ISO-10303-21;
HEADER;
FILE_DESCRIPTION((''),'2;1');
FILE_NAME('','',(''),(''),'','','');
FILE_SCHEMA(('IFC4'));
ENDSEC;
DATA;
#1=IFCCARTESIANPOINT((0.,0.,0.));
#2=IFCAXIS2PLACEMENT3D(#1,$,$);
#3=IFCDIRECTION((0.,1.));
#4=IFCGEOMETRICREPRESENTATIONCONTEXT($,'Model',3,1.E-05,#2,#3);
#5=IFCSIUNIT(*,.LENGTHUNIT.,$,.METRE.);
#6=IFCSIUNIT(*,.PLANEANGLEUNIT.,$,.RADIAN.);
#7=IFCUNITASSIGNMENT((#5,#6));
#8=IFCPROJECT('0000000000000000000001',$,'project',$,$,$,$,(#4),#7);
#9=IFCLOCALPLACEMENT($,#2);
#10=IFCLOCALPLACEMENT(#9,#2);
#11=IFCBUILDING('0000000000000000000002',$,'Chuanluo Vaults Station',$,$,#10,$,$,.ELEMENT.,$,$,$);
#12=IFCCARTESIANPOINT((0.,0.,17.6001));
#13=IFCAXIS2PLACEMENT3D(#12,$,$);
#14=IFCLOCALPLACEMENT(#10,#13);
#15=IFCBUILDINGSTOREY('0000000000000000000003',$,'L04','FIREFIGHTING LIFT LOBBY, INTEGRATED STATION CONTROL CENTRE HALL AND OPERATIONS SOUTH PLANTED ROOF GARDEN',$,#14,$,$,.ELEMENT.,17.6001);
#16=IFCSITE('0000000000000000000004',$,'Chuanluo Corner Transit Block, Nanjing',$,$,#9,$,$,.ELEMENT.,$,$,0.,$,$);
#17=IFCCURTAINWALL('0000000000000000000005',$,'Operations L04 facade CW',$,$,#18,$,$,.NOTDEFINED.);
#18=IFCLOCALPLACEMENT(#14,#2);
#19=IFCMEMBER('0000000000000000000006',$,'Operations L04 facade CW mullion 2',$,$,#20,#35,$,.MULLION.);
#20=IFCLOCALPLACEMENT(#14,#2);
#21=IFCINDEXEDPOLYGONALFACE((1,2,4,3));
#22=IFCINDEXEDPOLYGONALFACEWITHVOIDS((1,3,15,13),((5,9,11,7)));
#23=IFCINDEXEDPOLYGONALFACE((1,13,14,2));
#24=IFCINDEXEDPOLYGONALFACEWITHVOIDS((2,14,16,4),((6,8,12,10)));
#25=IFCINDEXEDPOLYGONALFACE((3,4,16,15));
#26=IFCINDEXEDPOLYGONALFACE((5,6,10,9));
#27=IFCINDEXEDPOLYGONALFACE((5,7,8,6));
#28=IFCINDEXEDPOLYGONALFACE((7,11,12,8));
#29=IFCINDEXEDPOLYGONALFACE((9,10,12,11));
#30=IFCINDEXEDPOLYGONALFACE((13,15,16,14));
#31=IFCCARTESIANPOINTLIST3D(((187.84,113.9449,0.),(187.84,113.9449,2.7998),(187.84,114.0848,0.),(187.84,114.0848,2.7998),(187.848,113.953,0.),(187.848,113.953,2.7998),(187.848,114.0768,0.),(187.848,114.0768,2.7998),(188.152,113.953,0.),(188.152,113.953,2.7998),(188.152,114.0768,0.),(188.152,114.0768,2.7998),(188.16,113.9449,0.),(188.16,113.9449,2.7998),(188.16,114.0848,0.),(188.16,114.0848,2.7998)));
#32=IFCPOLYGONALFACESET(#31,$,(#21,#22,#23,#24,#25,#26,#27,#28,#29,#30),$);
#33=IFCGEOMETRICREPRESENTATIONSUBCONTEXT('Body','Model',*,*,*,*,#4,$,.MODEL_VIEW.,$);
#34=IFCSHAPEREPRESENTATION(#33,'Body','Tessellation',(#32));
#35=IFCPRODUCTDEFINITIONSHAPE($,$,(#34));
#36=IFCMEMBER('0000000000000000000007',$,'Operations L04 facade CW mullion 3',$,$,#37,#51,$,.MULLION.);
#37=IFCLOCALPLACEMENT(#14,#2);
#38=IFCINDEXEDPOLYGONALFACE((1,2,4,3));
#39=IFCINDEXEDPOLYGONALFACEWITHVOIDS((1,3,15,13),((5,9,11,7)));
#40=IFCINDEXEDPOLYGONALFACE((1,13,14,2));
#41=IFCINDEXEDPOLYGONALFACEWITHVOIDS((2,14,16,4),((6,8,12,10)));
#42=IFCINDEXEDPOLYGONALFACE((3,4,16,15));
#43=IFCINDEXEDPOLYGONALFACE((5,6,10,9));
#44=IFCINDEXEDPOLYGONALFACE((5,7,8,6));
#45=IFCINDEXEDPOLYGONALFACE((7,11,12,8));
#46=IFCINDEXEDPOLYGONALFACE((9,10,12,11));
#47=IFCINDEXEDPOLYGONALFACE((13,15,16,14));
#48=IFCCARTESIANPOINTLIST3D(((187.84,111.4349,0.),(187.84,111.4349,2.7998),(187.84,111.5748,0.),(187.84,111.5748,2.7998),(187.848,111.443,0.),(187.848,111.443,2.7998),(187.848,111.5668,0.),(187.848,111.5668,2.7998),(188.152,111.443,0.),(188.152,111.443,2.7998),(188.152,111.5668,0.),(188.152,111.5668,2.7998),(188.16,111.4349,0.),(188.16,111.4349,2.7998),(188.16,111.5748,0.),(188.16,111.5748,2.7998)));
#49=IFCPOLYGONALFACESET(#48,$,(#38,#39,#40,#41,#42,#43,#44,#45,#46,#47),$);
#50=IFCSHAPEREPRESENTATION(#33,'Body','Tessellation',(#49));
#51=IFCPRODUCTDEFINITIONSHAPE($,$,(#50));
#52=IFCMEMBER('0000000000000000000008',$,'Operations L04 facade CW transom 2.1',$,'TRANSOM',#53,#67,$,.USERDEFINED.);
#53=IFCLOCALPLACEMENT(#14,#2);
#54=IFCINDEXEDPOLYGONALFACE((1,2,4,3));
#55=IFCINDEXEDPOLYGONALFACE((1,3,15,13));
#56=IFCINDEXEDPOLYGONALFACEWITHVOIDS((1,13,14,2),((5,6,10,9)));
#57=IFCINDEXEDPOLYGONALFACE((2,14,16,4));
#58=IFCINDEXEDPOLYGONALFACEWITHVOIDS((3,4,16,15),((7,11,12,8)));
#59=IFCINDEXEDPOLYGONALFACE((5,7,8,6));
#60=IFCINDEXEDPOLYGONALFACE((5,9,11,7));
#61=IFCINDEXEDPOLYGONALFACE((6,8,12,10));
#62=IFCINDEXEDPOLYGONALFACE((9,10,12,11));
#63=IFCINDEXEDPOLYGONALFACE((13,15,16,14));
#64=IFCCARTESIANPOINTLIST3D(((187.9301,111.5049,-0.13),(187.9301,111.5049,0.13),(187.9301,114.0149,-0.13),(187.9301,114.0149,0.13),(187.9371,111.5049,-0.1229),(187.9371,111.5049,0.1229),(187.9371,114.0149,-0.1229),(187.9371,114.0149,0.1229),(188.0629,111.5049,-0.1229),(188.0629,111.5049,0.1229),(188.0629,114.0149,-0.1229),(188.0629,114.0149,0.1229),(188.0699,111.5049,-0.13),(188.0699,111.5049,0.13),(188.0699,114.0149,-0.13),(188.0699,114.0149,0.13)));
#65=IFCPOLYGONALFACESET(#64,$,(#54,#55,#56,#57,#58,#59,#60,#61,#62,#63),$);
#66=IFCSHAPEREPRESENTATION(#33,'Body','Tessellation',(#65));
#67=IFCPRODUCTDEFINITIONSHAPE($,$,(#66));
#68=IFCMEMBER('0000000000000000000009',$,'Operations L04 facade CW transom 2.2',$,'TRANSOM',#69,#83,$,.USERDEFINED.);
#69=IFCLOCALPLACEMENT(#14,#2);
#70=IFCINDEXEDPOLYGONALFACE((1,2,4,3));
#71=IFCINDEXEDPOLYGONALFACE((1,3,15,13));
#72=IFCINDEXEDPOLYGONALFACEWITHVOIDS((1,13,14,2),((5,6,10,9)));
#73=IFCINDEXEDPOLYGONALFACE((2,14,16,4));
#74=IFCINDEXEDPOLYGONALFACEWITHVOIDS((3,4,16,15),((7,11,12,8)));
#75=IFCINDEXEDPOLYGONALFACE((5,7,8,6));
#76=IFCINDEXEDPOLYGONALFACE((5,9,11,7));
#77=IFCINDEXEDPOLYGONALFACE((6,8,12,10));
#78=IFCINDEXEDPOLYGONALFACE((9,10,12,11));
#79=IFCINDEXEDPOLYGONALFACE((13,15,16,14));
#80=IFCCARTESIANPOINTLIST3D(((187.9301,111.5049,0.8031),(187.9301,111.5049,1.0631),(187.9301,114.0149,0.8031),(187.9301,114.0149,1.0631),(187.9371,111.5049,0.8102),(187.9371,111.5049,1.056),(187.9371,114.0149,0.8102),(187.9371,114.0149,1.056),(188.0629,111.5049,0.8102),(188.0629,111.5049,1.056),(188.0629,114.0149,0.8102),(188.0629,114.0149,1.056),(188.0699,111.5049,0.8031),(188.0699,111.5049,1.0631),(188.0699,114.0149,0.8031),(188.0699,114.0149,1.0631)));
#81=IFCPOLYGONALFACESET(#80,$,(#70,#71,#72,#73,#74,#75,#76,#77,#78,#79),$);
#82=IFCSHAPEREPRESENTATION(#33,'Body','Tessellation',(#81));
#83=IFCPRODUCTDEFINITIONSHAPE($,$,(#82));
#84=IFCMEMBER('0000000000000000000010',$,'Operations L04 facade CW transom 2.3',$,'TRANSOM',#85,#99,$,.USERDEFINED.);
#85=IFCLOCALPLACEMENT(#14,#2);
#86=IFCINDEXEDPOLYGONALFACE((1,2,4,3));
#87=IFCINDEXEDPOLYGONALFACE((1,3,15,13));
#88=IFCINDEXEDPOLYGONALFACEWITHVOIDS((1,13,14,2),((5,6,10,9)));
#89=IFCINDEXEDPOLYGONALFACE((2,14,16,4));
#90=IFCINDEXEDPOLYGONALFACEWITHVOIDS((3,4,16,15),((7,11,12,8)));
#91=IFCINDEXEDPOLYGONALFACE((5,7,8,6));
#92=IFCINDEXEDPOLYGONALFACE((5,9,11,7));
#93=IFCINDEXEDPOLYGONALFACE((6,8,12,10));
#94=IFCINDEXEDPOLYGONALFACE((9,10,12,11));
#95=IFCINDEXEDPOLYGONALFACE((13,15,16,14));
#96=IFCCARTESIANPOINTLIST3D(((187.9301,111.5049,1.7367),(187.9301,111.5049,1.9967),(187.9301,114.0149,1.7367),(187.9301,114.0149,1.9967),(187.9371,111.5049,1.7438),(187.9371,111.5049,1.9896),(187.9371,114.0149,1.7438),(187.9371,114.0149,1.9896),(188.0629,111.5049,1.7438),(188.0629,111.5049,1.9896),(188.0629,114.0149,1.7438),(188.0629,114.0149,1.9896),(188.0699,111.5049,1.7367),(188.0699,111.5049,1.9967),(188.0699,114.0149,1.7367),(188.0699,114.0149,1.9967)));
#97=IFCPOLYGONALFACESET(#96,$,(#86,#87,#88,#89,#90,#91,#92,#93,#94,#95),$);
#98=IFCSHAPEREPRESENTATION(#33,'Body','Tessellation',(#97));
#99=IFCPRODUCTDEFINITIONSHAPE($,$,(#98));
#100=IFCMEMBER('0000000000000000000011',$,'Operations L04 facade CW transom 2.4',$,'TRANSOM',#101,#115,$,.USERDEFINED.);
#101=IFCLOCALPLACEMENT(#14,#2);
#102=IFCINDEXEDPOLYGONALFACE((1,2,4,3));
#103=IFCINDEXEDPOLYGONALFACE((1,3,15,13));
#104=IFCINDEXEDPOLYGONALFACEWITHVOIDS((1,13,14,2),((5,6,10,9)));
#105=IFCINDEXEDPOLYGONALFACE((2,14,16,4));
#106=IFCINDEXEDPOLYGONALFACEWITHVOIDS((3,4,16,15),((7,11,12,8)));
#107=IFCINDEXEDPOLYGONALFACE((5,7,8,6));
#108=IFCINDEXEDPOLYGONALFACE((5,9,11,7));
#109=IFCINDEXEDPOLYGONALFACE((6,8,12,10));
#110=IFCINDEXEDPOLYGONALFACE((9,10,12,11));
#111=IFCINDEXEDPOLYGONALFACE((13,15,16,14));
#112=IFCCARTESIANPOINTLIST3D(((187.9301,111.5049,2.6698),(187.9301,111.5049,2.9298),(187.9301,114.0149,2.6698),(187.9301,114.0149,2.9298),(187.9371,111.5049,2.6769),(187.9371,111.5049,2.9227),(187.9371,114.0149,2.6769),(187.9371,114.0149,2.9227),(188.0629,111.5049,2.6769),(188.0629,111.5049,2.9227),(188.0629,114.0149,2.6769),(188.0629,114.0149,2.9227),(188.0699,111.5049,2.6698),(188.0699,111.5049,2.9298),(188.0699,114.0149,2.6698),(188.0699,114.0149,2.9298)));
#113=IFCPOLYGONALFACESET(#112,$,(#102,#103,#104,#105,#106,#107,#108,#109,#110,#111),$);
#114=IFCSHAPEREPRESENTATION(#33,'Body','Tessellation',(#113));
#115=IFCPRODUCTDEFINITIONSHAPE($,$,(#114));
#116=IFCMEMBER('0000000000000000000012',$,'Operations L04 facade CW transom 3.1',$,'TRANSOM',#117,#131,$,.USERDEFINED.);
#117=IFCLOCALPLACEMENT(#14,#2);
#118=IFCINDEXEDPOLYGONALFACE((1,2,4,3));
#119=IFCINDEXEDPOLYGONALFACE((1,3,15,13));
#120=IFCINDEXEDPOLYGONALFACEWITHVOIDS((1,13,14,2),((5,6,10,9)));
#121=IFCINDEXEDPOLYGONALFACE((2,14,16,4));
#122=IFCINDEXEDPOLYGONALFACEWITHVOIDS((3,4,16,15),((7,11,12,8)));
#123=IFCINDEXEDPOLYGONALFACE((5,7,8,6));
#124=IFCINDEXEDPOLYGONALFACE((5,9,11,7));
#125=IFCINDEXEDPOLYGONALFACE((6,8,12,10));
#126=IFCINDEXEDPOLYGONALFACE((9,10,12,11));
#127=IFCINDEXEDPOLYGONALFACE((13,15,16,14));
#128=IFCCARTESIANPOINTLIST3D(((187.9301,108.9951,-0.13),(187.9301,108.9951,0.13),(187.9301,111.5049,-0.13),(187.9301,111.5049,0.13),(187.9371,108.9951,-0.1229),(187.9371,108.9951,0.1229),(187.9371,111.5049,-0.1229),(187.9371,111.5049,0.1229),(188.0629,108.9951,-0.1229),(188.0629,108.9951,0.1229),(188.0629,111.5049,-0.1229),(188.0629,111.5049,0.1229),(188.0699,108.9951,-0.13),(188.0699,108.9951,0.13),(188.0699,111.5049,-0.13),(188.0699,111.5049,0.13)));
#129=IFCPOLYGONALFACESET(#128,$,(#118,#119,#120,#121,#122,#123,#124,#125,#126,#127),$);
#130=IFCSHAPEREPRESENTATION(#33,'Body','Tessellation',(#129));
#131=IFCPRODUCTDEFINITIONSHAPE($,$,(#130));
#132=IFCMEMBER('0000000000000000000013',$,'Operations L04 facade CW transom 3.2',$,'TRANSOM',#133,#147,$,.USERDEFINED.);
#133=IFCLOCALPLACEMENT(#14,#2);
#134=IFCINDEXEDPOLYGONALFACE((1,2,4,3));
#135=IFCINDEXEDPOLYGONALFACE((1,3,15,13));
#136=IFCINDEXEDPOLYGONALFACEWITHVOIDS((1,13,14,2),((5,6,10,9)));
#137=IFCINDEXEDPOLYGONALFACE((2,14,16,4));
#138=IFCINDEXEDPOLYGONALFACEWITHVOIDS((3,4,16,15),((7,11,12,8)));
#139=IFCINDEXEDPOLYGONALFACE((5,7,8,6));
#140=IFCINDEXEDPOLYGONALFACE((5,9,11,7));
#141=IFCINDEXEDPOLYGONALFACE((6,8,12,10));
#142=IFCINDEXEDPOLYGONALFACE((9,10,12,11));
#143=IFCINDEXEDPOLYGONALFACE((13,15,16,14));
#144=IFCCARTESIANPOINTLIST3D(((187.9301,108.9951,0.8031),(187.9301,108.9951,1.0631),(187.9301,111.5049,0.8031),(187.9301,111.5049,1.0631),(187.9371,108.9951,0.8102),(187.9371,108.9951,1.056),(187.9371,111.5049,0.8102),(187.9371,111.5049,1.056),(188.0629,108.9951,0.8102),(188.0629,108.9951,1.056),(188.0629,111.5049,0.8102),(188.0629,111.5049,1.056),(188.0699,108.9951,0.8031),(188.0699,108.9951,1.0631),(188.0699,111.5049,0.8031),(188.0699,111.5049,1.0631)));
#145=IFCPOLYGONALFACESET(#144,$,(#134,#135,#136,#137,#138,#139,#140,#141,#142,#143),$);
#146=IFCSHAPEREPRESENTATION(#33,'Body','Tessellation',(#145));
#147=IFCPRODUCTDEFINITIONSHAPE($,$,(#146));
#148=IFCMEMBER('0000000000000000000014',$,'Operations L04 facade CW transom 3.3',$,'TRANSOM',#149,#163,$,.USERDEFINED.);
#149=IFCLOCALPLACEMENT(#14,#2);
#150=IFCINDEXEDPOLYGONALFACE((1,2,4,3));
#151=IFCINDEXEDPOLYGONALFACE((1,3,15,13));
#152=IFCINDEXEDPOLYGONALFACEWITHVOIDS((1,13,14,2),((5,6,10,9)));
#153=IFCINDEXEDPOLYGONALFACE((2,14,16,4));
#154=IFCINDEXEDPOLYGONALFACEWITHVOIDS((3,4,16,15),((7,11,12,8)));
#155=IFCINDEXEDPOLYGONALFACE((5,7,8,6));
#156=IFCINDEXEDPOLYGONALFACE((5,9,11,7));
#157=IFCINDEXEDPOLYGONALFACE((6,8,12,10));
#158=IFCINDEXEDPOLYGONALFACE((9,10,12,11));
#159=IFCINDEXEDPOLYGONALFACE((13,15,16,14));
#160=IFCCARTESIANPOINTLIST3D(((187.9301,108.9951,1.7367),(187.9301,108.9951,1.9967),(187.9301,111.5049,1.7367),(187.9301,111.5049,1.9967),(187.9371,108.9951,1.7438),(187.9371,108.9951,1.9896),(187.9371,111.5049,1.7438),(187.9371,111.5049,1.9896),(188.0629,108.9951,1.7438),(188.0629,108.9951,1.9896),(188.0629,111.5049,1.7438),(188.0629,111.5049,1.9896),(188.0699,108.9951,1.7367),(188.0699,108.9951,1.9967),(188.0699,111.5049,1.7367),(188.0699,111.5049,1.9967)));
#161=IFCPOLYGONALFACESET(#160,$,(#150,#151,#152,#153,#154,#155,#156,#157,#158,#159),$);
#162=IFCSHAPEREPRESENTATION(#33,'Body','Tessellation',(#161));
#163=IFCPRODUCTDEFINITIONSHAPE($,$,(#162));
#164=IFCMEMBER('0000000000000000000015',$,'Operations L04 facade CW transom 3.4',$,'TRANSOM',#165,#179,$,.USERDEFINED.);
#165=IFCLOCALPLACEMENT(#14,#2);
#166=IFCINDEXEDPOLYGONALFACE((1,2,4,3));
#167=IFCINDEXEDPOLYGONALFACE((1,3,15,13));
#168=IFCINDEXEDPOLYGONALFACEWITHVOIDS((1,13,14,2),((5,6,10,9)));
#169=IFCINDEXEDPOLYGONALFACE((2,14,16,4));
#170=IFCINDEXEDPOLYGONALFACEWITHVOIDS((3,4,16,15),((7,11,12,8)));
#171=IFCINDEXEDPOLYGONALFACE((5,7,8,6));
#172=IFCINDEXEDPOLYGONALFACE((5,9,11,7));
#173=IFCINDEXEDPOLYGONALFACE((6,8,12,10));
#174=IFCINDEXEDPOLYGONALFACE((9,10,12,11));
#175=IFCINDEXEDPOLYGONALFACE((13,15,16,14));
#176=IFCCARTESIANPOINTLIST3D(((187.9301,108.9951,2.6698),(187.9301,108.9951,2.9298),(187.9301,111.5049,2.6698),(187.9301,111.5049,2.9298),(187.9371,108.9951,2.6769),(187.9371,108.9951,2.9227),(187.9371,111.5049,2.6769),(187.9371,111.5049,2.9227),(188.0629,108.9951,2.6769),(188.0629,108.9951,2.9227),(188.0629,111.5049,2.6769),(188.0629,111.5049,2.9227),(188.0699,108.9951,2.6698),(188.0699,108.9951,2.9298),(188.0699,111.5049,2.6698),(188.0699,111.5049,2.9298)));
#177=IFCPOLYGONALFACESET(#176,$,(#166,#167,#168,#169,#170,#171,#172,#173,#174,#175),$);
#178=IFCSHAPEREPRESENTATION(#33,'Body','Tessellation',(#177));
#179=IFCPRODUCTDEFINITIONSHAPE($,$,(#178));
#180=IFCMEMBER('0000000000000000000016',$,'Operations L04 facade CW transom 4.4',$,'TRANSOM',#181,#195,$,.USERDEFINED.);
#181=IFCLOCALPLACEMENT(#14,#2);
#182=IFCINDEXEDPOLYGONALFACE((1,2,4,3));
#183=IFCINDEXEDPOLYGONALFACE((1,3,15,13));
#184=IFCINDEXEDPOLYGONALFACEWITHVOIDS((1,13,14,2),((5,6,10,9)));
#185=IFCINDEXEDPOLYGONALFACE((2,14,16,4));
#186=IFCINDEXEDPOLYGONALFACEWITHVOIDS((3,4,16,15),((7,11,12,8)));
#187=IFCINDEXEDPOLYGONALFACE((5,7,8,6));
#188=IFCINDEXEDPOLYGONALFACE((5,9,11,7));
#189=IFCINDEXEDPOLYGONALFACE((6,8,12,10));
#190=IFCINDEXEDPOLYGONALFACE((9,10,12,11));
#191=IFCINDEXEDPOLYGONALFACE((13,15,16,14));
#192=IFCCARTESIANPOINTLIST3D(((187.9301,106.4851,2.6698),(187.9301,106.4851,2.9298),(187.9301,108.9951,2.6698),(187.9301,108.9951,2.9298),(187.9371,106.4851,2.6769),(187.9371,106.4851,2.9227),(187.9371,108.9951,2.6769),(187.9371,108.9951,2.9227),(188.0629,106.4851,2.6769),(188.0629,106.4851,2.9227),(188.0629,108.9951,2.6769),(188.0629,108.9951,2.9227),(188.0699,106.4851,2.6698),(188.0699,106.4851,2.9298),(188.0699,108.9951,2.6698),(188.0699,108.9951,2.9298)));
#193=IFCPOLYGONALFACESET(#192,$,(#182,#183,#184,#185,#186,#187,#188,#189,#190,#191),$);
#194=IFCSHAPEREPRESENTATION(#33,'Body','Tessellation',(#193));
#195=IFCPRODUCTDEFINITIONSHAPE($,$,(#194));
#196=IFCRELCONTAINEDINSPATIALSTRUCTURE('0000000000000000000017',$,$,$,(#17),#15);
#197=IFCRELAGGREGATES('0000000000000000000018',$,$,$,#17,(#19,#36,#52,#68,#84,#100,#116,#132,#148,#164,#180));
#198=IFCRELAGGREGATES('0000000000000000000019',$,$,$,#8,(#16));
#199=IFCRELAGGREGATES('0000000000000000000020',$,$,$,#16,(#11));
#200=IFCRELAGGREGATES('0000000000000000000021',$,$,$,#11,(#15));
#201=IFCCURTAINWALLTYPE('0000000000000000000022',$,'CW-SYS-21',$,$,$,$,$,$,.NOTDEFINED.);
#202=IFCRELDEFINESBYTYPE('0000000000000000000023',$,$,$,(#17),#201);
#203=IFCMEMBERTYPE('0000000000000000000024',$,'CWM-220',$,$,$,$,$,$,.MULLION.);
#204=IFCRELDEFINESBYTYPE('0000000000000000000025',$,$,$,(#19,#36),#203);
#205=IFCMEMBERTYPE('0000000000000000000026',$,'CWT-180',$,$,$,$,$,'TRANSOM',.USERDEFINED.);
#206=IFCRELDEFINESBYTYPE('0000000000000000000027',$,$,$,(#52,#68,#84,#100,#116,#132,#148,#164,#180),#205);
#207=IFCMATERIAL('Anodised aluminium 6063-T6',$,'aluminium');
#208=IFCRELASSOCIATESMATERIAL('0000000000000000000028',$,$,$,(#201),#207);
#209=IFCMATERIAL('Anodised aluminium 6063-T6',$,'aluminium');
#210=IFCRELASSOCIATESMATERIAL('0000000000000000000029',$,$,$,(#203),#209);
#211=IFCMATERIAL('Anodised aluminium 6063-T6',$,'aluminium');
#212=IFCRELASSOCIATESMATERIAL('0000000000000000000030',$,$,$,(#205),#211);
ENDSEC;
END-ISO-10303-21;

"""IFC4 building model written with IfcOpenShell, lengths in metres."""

from ifc_helpers import new_model, si_unit, direction, frame, origin, origin_2d, place, context, subcontext, project, spatial, hollow_rectangle, extrude, material, material_profile, profile_set, type_object, element, aggregate, save


model = new_model("IFC4")

# Units and contexts
model_context = context("Model", 3, precision=1e-05, world=origin(), true_north=direction((0.0, 1.0)))
body_context = subcontext(model_context, "Body", "Model", "MODEL_VIEW")
ifc_project = project(units=[si_unit("LENGTHUNIT", "METRE"), si_unit("PLANEANGLEUNIT", "RADIAN")], contexts=[model_context])

# Site, building, storey
site_placement = place(None, origin())
site = spatial("IfcSite", under=ifc_project, at=site_placement, Name="Chuanluo Corner Transit Block, Nanjing", CompositionType="ELEMENT", RefElevation=0.0)
building_placement = place(site_placement, origin())
building = spatial("IfcBuilding", under=site, at=building_placement, Name="Chuanluo Vaults Station", CompositionType="ELEMENT")
storey_placement = place(building_placement, frame((0.0, 0.0, 17.6001)))
storey = spatial("IfcBuildingStorey", under=building, at=storey_placement, Name="L04", Description="FIREFIGHTING LIFT LOBBY, INTEGRATED STATION CONTROL CENTRE HALL AND OPERATIONS SOUTH PLANTED ROOF GARDEN", CompositionType="ELEMENT", Elevation=17.6001)

# Curtain wall, members
ifc_material_1 = material(Name="Anodised aluminium 6063-T6", Category="aluminium")
curtain_wall_type = type_object("IfcCurtainWallType", Name="CW-SYS-21", PredefinedType="NOTDEFINED", material=ifc_material_1)
curtain_wall_placement = place(storey_placement, origin())
curtain_wall = element("IfcCurtainWall", 1, at=curtain_wall_placement, inside=storey, type_object=curtain_wall_type, Name="Operations L04 facade CW", PredefinedType="NOTDEFINED")
ifc_material_2 = material(Name="Anodised aluminium 6063-T6", Category="aluminium")
ifc_material_profile_1 = material_profile(ifc_material_2, hollow_rectangle(XDim=0.1399, YDim=0.3201, WallThickness=0.0081, at=origin_2d()))
ifc_profile_set_1 = profile_set([ifc_material_profile_1], Name="Anodised aluminium 6063-T6")
member_type_1 = type_object("IfcMemberType", Name="CWM-220", PredefinedType="MULLION", material=ifc_profile_set_1)
member_1_placement = place(storey_placement, frame((188.0, 114.0149, 0.0), z_axis=(0.0, 0.0, 1.0), x_axis=(0.0, -1.0, 0.0)))
member_1 = element("IfcMember", 2, at=member_1_placement, type_object=member_type_1, Name="Operations L04 facade CW mullion 2", PredefinedType="MULLION", context=body_context, shape_type="SweptSolid", body=[
    extrude(hollow_rectangle(XDim=0.1399, YDim=0.3201, WallThickness=0.0081, at=origin_2d()), origin(), (0.0, 0.0, 1.0), 2.7998),
])
member_2_placement = place(storey_placement, frame((188.0, 111.5049, 0.0), z_axis=(0.0, 0.0, 1.0), x_axis=(0.0, -1.0, 0.0)))
member_2 = element("IfcMember", 3, at=member_2_placement, type_object=member_type_1, Name="Operations L04 facade CW mullion 3", PredefinedType="MULLION", context=body_context, shape_type="SweptSolid", body=[
    extrude(hollow_rectangle(XDim=0.1399, YDim=0.3201, WallThickness=0.0081, at=origin_2d()), origin(), (0.0, 0.0, 1.0), 2.7998),
])
ifc_material_3 = material(Name="Anodised aluminium 6063-T6", Category="aluminium")
ifc_material_profile_2 = material_profile(ifc_material_3, hollow_rectangle(XDim=0.1399, YDim=0.26, WallThickness=0.0071, at=origin_2d()))
ifc_profile_set_2 = profile_set([ifc_material_profile_2], Name="Anodised aluminium 6063-T6")
member_type_2 = type_object("IfcMemberType", Name="CWT-180", ElementType="TRANSOM", PredefinedType="USERDEFINED", material=ifc_profile_set_2)
member_3_placement = place(storey_placement, frame((188.0, 114.0149, 0.0), z_axis=(0.0, -1.0, 0.0), x_axis=(1.0, 0.0, 0.0)))
member_3 = element("IfcMember", 4, at=member_3_placement, type_object=member_type_2, Name="Operations L04 facade CW transom 2.1", ObjectType="TRANSOM", PredefinedType="USERDEFINED", context=body_context, shape_type="SweptSolid", body=[
    extrude(hollow_rectangle(XDim=0.1399, YDim=0.26, WallThickness=0.0071, at=origin_2d()), origin(), (0.0, 0.0, 1.0), 2.51),
])
member_4_placement = place(storey_placement, frame((188.0, 114.0149, 0.9331), z_axis=(0.0, -1.0, 0.0), x_axis=(1.0, 0.0, 0.0)))
member_4 = element("IfcMember", 5, at=member_4_placement, type_object=member_type_2, Name="Operations L04 facade CW transom 2.2", ObjectType="TRANSOM", PredefinedType="USERDEFINED", context=body_context, shape_type="SweptSolid", body=[
    extrude(hollow_rectangle(XDim=0.1399, YDim=0.26, WallThickness=0.0071, at=origin_2d()), origin(), (0.0, 0.0, 1.0), 2.51),
])
member_5_placement = place(storey_placement, frame((188.0, 114.0149, 1.8667), z_axis=(0.0, -1.0, 0.0), x_axis=(1.0, 0.0, 0.0)))
member_5 = element("IfcMember", 6, at=member_5_placement, type_object=member_type_2, Name="Operations L04 facade CW transom 2.3", ObjectType="TRANSOM", PredefinedType="USERDEFINED", context=body_context, shape_type="SweptSolid", body=[
    extrude(hollow_rectangle(XDim=0.1399, YDim=0.26, WallThickness=0.0071, at=origin_2d()), origin(), (0.0, 0.0, 1.0), 2.51),
])
member_6_placement = place(storey_placement, frame((188.0, 114.0149, 2.7998), z_axis=(0.0, -1.0, 0.0), x_axis=(1.0, 0.0, 0.0)))
member_6 = element("IfcMember", 7, at=member_6_placement, type_object=member_type_2, Name="Operations L04 facade CW transom 2.4", ObjectType="TRANSOM", PredefinedType="USERDEFINED", context=body_context, shape_type="SweptSolid", body=[
    extrude(hollow_rectangle(XDim=0.1399, YDim=0.26, WallThickness=0.0071, at=origin_2d()), origin(), (0.0, 0.0, 1.0), 2.51),
])
member_7_placement = place(storey_placement, frame((188.0, 111.5049, 0.0), z_axis=(0.0, -1.0, 0.0), x_axis=(1.0, 0.0, 0.0)))
member_7 = element("IfcMember", 8, at=member_7_placement, type_object=member_type_2, Name="Operations L04 facade CW transom 3.1", ObjectType="TRANSOM", PredefinedType="USERDEFINED", context=body_context, shape_type="SweptSolid", body=[
    extrude(hollow_rectangle(XDim=0.1399, YDim=0.26, WallThickness=0.0071, at=origin_2d()), origin(), (0.0, 0.0, 1.0), 2.5098),
])
member_8_placement = place(storey_placement, frame((188.0, 111.5049, 0.9331), z_axis=(0.0, -1.0, 0.0), x_axis=(1.0, 0.0, 0.0)))
member_8 = element("IfcMember", 9, at=member_8_placement, type_object=member_type_2, Name="Operations L04 facade CW transom 3.2", ObjectType="TRANSOM", PredefinedType="USERDEFINED", context=body_context, shape_type="SweptSolid", body=[
    extrude(hollow_rectangle(XDim=0.1399, YDim=0.26, WallThickness=0.0071, at=origin_2d()), origin(), (0.0, 0.0, 1.0), 2.5098),
])
member_9_placement = place(storey_placement, frame((188.0, 111.5049, 1.8667), z_axis=(0.0, -1.0, 0.0), x_axis=(1.0, 0.0, 0.0)))
member_9 = element("IfcMember", 10, at=member_9_placement, type_object=member_type_2, Name="Operations L04 facade CW transom 3.3", ObjectType="TRANSOM", PredefinedType="USERDEFINED", context=body_context, shape_type="SweptSolid", body=[
    extrude(hollow_rectangle(XDim=0.1399, YDim=0.26, WallThickness=0.0071, at=origin_2d()), origin(), (0.0, 0.0, 1.0), 2.5098),
])
member_10_placement = place(storey_placement, frame((188.0, 111.5049, 2.7998), z_axis=(0.0, -1.0, 0.0), x_axis=(1.0, 0.0, 0.0)))
member_10 = element("IfcMember", 11, at=member_10_placement, type_object=member_type_2, Name="Operations L04 facade CW transom 3.4", ObjectType="TRANSOM", PredefinedType="USERDEFINED", context=body_context, shape_type="SweptSolid", body=[
    extrude(hollow_rectangle(XDim=0.1399, YDim=0.26, WallThickness=0.0071, at=origin_2d()), origin(), (0.0, 0.0, 1.0), 2.5098),
])
member_11_placement = place(storey_placement, frame((188.0, 108.9951, 2.7998), z_axis=(0.0, -1.0, 0.0), x_axis=(1.0, 0.0, 0.0)))
member_11 = element("IfcMember", 12, at=member_11_placement, type_object=member_type_2, Name="Operations L04 facade CW transom 4.4", ObjectType="TRANSOM", PredefinedType="USERDEFINED", context=body_context, shape_type="SweptSolid", body=[
    extrude(hollow_rectangle(XDim=0.1399, YDim=0.26, WallThickness=0.0071, at=origin_2d()), origin(), (0.0, 0.0, 1.0), 2.51),
])
aggregate(curtain_wall, [member_1, member_2, member_3, member_4, member_5, member_6, member_7, member_8, member_9, member_10, member_11])

save(model, "model.ifc")
